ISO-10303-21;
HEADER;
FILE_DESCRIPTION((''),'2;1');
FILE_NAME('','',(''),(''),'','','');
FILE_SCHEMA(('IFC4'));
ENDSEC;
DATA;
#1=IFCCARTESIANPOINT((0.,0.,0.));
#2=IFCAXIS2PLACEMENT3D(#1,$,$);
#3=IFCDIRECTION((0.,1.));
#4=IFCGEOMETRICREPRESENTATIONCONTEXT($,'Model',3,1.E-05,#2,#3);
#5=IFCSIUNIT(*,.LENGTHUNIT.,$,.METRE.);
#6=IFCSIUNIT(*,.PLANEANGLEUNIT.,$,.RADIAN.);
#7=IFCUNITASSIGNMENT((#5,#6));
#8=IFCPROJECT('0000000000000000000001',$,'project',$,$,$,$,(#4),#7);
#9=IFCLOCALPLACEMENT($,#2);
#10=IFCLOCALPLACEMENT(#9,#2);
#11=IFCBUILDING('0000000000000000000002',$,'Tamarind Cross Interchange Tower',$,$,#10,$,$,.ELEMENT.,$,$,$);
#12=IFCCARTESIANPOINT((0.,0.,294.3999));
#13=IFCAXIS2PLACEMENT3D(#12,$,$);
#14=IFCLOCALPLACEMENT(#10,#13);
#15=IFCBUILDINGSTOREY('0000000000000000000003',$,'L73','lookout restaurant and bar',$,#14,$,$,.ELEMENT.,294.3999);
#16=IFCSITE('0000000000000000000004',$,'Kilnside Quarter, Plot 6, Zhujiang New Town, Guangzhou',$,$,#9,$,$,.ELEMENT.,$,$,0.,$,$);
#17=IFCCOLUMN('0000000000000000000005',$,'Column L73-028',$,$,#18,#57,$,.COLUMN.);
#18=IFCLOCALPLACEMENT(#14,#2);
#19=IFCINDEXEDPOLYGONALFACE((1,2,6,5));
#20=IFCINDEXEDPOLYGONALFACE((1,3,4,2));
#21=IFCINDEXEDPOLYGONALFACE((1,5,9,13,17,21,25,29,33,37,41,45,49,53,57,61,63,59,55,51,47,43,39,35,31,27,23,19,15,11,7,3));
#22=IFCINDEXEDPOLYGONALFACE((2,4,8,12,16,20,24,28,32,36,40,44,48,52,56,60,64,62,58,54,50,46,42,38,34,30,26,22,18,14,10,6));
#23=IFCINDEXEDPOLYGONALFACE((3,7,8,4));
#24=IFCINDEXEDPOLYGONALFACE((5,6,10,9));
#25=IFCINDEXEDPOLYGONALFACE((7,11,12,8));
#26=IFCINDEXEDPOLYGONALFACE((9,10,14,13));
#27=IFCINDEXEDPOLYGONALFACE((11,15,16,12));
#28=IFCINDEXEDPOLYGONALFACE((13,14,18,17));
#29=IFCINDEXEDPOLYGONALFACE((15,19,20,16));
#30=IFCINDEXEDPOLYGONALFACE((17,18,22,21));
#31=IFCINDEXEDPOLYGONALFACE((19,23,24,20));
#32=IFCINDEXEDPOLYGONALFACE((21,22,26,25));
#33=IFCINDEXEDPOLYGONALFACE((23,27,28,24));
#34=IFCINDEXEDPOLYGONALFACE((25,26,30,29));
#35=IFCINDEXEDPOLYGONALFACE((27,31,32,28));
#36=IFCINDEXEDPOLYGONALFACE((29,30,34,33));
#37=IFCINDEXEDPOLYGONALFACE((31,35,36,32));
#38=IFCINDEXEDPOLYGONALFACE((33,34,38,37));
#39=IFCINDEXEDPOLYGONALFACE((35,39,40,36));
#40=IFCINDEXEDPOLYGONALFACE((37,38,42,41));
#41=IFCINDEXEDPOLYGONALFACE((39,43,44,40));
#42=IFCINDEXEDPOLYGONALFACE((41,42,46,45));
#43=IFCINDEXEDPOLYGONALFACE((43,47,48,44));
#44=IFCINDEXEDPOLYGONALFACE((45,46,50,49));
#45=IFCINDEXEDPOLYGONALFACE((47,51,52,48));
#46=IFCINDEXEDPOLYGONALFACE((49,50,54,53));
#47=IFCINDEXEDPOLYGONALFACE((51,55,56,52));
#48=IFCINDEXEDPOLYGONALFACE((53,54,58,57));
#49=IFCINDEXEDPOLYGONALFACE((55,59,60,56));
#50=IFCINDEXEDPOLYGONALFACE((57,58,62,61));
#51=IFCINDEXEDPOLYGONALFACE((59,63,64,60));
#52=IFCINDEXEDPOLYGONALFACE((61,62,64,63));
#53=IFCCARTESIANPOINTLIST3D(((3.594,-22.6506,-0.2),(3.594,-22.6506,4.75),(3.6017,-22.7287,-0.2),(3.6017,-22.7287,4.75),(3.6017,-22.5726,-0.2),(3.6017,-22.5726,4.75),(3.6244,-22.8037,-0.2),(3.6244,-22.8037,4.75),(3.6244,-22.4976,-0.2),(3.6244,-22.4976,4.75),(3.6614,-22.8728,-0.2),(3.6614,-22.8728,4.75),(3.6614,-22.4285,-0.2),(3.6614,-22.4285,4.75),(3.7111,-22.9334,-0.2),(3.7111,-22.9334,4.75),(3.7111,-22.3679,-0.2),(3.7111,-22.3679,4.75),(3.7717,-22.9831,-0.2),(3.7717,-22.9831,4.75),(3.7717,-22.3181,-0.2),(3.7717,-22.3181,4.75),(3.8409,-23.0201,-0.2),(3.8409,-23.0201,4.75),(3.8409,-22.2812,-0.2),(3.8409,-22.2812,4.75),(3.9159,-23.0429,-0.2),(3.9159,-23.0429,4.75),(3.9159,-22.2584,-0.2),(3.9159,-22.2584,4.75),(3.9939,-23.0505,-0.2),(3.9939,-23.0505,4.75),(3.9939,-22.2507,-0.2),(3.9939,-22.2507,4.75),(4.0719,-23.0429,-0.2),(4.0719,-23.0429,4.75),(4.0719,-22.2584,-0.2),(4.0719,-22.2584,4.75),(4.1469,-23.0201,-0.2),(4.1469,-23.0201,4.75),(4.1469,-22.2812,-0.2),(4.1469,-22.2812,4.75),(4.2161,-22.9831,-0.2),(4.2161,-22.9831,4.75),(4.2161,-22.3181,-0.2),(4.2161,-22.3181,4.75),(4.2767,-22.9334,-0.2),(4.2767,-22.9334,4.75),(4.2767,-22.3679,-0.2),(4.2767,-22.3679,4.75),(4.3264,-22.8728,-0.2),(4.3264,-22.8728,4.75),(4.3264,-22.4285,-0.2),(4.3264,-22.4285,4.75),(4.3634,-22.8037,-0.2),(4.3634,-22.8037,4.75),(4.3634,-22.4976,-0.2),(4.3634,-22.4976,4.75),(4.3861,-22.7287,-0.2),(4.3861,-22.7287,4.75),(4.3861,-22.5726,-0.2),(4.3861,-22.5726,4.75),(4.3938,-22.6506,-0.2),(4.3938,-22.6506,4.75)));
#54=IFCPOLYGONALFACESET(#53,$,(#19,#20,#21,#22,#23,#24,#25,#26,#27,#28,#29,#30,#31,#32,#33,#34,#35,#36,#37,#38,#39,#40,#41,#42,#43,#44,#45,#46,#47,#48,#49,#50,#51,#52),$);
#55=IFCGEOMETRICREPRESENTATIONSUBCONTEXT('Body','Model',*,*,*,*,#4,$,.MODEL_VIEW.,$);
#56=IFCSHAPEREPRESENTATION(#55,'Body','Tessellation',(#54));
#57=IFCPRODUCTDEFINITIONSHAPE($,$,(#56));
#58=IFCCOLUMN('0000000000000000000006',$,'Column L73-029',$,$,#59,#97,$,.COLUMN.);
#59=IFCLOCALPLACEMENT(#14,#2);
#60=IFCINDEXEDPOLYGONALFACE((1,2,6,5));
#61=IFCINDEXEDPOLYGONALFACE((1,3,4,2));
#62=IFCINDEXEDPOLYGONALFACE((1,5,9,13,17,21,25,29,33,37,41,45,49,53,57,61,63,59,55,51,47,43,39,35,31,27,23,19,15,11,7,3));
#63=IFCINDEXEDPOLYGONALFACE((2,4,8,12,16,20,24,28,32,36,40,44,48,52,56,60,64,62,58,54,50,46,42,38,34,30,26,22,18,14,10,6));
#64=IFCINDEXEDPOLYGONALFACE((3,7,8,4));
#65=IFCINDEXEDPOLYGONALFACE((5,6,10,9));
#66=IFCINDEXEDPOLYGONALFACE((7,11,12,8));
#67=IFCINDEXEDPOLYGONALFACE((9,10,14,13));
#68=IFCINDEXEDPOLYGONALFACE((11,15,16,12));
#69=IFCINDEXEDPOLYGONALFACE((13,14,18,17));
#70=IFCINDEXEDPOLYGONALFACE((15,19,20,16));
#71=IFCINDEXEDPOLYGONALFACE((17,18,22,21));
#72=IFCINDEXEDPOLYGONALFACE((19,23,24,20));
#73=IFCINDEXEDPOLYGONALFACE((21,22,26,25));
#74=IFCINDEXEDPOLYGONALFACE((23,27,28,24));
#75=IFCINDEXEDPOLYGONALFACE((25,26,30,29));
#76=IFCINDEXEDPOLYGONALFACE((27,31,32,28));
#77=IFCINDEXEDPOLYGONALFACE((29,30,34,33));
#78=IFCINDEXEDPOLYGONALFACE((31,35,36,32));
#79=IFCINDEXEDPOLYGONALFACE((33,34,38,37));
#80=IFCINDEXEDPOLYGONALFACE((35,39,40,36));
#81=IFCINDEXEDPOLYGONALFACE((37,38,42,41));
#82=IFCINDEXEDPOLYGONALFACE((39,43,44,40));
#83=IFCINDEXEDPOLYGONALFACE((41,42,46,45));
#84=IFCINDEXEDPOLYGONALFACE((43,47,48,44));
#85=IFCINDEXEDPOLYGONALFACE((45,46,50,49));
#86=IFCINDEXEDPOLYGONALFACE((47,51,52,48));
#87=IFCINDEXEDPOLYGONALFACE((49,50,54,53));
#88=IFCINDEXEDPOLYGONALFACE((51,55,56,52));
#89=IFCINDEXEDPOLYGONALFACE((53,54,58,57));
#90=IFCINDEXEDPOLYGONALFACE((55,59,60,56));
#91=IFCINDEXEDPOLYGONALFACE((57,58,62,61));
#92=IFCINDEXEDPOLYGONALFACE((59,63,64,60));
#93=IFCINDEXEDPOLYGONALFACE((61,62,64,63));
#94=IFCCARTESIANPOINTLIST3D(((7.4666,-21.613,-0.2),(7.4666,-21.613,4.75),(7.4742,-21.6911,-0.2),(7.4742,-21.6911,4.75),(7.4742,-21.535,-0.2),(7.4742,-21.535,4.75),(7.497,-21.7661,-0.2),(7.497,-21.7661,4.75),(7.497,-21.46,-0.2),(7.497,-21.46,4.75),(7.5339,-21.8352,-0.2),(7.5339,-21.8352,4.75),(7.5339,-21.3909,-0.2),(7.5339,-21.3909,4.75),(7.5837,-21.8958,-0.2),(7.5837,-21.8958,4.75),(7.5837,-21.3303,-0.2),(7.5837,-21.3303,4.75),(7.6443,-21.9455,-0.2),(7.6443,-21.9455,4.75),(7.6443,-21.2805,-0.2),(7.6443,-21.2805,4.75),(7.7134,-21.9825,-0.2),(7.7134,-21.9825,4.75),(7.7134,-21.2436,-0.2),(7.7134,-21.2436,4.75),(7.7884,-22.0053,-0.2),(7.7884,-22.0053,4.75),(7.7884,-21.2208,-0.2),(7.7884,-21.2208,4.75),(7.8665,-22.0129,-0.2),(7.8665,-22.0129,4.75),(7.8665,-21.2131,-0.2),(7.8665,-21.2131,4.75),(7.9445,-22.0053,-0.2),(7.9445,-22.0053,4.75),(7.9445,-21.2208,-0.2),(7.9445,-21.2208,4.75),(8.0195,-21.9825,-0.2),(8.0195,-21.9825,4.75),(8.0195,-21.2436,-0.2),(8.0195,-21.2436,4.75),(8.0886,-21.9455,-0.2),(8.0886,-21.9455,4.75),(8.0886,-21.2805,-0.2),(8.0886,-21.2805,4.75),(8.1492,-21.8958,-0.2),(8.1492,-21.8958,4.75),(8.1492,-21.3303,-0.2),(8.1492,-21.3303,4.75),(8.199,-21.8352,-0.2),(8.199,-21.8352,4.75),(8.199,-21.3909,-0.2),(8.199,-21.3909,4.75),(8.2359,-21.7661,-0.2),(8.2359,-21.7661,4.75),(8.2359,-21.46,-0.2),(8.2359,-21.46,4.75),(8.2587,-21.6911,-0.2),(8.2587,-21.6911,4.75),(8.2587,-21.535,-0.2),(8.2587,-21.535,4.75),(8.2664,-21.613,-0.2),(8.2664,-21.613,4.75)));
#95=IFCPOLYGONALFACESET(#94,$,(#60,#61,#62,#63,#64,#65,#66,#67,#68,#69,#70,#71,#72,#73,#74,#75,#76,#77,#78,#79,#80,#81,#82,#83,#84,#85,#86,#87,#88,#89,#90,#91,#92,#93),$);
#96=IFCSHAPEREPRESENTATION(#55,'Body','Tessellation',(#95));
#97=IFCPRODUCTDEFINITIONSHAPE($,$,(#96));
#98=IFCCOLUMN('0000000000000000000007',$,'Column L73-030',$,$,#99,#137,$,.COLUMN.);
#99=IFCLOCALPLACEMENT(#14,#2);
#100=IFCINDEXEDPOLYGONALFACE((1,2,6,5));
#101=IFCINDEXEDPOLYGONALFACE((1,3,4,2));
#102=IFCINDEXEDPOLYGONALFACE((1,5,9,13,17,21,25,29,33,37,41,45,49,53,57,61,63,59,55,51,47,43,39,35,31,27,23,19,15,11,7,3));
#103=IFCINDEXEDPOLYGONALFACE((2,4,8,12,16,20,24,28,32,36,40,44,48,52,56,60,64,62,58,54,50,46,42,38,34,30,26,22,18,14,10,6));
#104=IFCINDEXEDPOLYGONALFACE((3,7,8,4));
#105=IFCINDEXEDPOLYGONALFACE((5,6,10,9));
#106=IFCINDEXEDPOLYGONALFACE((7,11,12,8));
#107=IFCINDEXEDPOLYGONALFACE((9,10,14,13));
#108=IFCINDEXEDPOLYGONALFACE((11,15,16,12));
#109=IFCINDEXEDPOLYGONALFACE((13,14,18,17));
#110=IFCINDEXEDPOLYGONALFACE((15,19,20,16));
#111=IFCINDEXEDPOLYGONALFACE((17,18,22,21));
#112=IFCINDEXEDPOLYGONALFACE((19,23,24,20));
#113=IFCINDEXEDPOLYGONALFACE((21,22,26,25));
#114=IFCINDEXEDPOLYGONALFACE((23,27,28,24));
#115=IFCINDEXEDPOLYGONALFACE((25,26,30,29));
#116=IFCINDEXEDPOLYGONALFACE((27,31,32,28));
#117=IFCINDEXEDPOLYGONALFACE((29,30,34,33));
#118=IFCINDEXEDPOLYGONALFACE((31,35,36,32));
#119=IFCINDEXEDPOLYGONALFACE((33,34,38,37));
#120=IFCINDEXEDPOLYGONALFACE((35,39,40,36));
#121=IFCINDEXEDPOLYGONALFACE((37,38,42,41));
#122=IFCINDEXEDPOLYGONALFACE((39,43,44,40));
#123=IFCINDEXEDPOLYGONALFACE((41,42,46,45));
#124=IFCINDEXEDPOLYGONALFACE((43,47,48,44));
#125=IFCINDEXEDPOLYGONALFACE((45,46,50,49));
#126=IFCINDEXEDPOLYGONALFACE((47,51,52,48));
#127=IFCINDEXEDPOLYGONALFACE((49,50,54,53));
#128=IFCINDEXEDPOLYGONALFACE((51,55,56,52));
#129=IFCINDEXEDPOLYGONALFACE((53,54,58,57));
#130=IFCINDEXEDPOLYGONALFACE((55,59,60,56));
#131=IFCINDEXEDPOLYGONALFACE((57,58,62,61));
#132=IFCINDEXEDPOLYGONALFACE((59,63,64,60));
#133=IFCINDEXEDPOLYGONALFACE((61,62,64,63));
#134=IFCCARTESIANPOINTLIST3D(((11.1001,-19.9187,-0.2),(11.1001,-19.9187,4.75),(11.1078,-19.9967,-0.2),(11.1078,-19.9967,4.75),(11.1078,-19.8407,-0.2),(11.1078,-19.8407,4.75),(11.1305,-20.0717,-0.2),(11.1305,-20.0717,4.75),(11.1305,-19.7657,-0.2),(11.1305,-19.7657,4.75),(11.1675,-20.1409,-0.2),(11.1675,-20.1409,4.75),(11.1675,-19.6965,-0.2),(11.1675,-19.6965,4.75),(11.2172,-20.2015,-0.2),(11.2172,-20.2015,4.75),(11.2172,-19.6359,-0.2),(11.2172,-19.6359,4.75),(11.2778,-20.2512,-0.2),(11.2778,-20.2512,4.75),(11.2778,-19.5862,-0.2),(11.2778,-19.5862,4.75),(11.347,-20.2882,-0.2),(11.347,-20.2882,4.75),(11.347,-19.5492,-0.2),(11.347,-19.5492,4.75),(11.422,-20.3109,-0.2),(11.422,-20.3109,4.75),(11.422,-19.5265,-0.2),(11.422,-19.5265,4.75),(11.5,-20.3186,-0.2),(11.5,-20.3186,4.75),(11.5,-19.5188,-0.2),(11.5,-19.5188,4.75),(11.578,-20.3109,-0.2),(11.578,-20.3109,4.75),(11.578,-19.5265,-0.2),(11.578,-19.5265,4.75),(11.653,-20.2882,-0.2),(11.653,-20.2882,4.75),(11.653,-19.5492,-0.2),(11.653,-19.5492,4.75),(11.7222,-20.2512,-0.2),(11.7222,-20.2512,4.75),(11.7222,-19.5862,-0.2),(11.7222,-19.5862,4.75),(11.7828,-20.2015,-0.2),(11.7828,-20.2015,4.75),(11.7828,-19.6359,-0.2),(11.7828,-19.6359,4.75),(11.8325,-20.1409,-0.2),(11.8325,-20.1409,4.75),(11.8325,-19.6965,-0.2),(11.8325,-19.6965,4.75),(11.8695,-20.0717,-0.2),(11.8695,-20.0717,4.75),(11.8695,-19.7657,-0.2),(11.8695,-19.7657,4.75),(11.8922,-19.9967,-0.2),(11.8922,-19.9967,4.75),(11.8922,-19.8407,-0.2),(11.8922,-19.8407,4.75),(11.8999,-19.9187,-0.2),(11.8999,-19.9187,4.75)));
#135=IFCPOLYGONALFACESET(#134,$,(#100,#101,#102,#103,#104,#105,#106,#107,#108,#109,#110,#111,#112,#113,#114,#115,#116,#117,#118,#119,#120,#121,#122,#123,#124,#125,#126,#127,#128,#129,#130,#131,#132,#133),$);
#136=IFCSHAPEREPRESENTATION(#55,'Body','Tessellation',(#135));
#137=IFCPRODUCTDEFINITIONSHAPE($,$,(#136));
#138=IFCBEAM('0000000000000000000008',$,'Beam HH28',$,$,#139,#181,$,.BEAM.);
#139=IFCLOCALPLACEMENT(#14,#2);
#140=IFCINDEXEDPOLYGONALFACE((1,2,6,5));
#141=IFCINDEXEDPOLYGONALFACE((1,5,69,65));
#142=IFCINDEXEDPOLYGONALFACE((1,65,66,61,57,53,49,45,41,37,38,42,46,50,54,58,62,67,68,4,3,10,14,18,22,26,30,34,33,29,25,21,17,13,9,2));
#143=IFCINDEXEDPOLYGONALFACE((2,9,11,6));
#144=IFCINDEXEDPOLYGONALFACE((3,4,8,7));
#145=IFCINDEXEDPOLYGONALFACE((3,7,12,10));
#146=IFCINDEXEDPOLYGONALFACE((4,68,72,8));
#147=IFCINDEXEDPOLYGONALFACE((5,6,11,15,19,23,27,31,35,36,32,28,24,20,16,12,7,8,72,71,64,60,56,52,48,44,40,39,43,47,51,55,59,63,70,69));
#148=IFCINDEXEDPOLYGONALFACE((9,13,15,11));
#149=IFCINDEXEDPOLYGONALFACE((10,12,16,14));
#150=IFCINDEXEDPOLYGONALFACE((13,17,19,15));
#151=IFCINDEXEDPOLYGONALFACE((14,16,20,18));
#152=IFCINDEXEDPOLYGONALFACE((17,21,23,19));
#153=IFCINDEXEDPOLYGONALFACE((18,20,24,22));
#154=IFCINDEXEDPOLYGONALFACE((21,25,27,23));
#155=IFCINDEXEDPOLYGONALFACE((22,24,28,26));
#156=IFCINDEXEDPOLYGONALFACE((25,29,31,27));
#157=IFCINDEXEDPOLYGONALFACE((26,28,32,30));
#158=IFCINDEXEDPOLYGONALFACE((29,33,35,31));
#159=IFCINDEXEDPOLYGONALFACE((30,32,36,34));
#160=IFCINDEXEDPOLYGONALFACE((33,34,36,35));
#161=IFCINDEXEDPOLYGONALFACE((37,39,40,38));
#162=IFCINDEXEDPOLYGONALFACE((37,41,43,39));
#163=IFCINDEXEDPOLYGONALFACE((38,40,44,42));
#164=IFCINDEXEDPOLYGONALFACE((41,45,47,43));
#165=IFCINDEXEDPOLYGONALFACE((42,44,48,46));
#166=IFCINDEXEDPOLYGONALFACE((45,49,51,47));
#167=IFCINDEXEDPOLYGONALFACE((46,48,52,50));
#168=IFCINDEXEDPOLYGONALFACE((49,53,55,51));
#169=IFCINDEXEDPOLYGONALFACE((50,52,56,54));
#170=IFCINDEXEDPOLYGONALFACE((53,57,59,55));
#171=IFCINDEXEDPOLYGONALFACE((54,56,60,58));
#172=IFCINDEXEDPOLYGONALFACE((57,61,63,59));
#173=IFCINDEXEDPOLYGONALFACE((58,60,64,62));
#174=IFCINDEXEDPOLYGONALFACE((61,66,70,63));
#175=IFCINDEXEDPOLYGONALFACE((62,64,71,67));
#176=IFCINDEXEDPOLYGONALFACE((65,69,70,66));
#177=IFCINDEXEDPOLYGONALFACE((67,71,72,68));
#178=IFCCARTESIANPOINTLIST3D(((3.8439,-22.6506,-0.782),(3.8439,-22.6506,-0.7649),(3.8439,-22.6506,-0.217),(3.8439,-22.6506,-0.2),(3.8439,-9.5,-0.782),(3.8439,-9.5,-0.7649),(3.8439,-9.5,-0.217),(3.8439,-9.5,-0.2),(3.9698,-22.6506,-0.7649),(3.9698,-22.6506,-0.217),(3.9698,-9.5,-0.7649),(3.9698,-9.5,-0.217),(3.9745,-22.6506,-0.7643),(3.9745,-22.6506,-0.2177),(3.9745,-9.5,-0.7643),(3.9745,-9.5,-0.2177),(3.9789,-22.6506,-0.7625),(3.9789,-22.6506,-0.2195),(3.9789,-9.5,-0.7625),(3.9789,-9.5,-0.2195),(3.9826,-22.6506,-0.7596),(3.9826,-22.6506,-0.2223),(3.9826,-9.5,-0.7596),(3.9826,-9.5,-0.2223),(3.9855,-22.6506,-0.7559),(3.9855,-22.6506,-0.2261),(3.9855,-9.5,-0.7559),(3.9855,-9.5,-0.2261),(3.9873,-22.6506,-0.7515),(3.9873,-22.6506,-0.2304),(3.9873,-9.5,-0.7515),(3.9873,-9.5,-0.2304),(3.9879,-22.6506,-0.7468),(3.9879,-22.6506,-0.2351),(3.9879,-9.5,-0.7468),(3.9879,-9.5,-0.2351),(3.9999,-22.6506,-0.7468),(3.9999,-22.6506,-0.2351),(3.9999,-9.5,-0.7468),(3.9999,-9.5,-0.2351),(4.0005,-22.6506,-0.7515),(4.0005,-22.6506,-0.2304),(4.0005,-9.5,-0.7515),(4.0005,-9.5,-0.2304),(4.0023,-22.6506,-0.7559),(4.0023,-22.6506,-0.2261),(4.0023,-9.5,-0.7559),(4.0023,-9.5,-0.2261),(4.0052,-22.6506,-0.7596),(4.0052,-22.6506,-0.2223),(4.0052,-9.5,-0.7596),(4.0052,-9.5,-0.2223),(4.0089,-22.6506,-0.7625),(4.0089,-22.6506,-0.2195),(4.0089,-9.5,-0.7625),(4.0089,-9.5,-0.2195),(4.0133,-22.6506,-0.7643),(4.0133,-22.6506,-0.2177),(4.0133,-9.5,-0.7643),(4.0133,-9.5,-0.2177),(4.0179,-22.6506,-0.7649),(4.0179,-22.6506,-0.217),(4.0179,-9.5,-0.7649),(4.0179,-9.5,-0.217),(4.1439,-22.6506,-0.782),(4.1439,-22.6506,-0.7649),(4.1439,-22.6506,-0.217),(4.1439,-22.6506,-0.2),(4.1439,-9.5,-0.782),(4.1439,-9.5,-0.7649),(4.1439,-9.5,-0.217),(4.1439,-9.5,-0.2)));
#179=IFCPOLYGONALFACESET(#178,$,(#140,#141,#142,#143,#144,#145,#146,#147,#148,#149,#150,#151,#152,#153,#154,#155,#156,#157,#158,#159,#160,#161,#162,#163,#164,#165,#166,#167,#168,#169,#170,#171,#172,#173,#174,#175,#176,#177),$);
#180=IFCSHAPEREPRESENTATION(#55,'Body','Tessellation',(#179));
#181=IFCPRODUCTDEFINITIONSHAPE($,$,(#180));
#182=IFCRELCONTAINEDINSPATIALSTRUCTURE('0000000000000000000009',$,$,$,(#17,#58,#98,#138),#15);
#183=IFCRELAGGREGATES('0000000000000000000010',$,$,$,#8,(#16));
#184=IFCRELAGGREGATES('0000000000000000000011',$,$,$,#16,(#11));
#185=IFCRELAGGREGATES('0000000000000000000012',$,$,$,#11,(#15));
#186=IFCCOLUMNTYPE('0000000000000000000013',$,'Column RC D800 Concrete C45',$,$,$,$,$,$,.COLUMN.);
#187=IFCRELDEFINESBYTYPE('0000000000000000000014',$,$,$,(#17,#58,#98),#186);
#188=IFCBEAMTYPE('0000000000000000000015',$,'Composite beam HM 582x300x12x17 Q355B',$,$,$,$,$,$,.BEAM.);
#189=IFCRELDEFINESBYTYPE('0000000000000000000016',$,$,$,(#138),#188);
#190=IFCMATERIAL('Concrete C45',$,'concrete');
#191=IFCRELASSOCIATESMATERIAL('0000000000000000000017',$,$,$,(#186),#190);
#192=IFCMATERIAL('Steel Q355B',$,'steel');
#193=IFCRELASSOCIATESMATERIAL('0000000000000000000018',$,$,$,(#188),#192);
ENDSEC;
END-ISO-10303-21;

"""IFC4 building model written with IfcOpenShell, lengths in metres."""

from ifc_helpers import new_model, si_unit, direction, frame, origin, origin_2d, place, context, subcontext, project, spatial, circle, i_section, extrude, material, material_profile, profile_set, type_object, element, save


model = new_model("IFC4")

# Units and contexts
model_context = context("Model", 3, precision=1e-05, world=origin(), true_north=direction((0.0, 1.0)))
body_context = subcontext(model_context, "Body", "Model", "MODEL_VIEW")
ifc_project = project(units=[si_unit("LENGTHUNIT", "METRE"), si_unit("PLANEANGLEUNIT", "RADIAN")], contexts=[model_context])

# Site, building, storey
site_placement = place(None, origin())
site = spatial("IfcSite", under=ifc_project, at=site_placement, Name="Kilnside Quarter, Plot 6, Zhujiang New Town, Guangzhou", CompositionType="ELEMENT", RefElevation=0.0)
building_placement = place(site_placement, origin())
building = spatial("IfcBuilding", under=site, at=building_placement, Name="Tamarind Cross Interchange Tower", CompositionType="ELEMENT")
storey_placement = place(building_placement, frame((0.0, 0.0, 294.3999)))
storey = spatial("IfcBuildingStorey", under=building, at=storey_placement, Name="L73", Description="lookout restaurant and bar", CompositionType="ELEMENT", Elevation=294.3999)

# Columns
ifc_material_1 = material(Name="Concrete C45", Category="concrete")
ifc_material_profile_1 = material_profile(ifc_material_1, circle(Radius=0.3999, at=origin_2d()), Name="RC D800")
ifc_profile_set_1 = profile_set([ifc_material_profile_1], Name="Concrete C45")
column_type = type_object("IfcColumnType", Name="Column RC D800 Concrete C45", PredefinedType="COLUMN", material=ifc_profile_set_1)
for number, where, z_axis, x_axis, name in (
    (1, (3.9939, -22.6506, -0.2), (0.0, 0.0, 1.0), (1.0, 0.0, 0.0), "Column L73-028"),
    (2, (7.8665, -21.613, -0.2), (0.0, 0.0, 1.0), (1.0, 0.0, 0.0), "Column L73-029"),
    (3, (11.5, -19.9187, -0.2), (0.0, 0.0, 1.0), (1.0, 0.0, 0.0), "Column L73-030"),
):
    element("IfcColumn", number, at=place(storey_placement, frame(where, z_axis=z_axis, x_axis=x_axis)), inside=storey, type_object=column_type, Name=name, PredefinedType="COLUMN", context=body_context, shape_type="SweptSolid", body=[
        extrude(circle(Radius=0.3999, at=origin_2d()), origin(), (0.0, 0.0, 1.0), 4.95),
    ])

# Beam
ifc_material_2 = material(Name="Steel Q355B", Category="steel")
ifc_material_profile_2 = material_profile(ifc_material_2, i_section(OverallWidth=0.3, OverallDepth=0.582, WebThickness=0.012, FlangeThickness=0.0171, FilletRadius=0.0181, at=origin_2d()), Name="HM 582x300x12x17")
ifc_profile_set_2 = profile_set([ifc_material_profile_2], Name="Steel Q355B")
beam_type = type_object("IfcBeamType", Name="Composite beam HM 582x300x12x17 Q355B", PredefinedType="BEAM", material=ifc_profile_set_2)
beam_1_placement = place(storey_placement, frame((3.9939, -22.6506, -0.491), z_axis=(0.0, 1.0, 0.0), x_axis=(-1.0, 0.0, 0.0)))
element("IfcBeam", 4, at=beam_1_placement, inside=storey, type_object=beam_type, Name="Beam HH28", PredefinedType="BEAM", context=body_context, shape_type="SweptSolid", body=[
    extrude(i_section(OverallWidth=0.3, OverallDepth=0.582, WebThickness=0.012, FlangeThickness=0.0171, FilletRadius=0.0181, at=origin_2d()), origin(), (0.0, 0.0, 1.0), 13.1506),
])

save(model, "model.ifc")
